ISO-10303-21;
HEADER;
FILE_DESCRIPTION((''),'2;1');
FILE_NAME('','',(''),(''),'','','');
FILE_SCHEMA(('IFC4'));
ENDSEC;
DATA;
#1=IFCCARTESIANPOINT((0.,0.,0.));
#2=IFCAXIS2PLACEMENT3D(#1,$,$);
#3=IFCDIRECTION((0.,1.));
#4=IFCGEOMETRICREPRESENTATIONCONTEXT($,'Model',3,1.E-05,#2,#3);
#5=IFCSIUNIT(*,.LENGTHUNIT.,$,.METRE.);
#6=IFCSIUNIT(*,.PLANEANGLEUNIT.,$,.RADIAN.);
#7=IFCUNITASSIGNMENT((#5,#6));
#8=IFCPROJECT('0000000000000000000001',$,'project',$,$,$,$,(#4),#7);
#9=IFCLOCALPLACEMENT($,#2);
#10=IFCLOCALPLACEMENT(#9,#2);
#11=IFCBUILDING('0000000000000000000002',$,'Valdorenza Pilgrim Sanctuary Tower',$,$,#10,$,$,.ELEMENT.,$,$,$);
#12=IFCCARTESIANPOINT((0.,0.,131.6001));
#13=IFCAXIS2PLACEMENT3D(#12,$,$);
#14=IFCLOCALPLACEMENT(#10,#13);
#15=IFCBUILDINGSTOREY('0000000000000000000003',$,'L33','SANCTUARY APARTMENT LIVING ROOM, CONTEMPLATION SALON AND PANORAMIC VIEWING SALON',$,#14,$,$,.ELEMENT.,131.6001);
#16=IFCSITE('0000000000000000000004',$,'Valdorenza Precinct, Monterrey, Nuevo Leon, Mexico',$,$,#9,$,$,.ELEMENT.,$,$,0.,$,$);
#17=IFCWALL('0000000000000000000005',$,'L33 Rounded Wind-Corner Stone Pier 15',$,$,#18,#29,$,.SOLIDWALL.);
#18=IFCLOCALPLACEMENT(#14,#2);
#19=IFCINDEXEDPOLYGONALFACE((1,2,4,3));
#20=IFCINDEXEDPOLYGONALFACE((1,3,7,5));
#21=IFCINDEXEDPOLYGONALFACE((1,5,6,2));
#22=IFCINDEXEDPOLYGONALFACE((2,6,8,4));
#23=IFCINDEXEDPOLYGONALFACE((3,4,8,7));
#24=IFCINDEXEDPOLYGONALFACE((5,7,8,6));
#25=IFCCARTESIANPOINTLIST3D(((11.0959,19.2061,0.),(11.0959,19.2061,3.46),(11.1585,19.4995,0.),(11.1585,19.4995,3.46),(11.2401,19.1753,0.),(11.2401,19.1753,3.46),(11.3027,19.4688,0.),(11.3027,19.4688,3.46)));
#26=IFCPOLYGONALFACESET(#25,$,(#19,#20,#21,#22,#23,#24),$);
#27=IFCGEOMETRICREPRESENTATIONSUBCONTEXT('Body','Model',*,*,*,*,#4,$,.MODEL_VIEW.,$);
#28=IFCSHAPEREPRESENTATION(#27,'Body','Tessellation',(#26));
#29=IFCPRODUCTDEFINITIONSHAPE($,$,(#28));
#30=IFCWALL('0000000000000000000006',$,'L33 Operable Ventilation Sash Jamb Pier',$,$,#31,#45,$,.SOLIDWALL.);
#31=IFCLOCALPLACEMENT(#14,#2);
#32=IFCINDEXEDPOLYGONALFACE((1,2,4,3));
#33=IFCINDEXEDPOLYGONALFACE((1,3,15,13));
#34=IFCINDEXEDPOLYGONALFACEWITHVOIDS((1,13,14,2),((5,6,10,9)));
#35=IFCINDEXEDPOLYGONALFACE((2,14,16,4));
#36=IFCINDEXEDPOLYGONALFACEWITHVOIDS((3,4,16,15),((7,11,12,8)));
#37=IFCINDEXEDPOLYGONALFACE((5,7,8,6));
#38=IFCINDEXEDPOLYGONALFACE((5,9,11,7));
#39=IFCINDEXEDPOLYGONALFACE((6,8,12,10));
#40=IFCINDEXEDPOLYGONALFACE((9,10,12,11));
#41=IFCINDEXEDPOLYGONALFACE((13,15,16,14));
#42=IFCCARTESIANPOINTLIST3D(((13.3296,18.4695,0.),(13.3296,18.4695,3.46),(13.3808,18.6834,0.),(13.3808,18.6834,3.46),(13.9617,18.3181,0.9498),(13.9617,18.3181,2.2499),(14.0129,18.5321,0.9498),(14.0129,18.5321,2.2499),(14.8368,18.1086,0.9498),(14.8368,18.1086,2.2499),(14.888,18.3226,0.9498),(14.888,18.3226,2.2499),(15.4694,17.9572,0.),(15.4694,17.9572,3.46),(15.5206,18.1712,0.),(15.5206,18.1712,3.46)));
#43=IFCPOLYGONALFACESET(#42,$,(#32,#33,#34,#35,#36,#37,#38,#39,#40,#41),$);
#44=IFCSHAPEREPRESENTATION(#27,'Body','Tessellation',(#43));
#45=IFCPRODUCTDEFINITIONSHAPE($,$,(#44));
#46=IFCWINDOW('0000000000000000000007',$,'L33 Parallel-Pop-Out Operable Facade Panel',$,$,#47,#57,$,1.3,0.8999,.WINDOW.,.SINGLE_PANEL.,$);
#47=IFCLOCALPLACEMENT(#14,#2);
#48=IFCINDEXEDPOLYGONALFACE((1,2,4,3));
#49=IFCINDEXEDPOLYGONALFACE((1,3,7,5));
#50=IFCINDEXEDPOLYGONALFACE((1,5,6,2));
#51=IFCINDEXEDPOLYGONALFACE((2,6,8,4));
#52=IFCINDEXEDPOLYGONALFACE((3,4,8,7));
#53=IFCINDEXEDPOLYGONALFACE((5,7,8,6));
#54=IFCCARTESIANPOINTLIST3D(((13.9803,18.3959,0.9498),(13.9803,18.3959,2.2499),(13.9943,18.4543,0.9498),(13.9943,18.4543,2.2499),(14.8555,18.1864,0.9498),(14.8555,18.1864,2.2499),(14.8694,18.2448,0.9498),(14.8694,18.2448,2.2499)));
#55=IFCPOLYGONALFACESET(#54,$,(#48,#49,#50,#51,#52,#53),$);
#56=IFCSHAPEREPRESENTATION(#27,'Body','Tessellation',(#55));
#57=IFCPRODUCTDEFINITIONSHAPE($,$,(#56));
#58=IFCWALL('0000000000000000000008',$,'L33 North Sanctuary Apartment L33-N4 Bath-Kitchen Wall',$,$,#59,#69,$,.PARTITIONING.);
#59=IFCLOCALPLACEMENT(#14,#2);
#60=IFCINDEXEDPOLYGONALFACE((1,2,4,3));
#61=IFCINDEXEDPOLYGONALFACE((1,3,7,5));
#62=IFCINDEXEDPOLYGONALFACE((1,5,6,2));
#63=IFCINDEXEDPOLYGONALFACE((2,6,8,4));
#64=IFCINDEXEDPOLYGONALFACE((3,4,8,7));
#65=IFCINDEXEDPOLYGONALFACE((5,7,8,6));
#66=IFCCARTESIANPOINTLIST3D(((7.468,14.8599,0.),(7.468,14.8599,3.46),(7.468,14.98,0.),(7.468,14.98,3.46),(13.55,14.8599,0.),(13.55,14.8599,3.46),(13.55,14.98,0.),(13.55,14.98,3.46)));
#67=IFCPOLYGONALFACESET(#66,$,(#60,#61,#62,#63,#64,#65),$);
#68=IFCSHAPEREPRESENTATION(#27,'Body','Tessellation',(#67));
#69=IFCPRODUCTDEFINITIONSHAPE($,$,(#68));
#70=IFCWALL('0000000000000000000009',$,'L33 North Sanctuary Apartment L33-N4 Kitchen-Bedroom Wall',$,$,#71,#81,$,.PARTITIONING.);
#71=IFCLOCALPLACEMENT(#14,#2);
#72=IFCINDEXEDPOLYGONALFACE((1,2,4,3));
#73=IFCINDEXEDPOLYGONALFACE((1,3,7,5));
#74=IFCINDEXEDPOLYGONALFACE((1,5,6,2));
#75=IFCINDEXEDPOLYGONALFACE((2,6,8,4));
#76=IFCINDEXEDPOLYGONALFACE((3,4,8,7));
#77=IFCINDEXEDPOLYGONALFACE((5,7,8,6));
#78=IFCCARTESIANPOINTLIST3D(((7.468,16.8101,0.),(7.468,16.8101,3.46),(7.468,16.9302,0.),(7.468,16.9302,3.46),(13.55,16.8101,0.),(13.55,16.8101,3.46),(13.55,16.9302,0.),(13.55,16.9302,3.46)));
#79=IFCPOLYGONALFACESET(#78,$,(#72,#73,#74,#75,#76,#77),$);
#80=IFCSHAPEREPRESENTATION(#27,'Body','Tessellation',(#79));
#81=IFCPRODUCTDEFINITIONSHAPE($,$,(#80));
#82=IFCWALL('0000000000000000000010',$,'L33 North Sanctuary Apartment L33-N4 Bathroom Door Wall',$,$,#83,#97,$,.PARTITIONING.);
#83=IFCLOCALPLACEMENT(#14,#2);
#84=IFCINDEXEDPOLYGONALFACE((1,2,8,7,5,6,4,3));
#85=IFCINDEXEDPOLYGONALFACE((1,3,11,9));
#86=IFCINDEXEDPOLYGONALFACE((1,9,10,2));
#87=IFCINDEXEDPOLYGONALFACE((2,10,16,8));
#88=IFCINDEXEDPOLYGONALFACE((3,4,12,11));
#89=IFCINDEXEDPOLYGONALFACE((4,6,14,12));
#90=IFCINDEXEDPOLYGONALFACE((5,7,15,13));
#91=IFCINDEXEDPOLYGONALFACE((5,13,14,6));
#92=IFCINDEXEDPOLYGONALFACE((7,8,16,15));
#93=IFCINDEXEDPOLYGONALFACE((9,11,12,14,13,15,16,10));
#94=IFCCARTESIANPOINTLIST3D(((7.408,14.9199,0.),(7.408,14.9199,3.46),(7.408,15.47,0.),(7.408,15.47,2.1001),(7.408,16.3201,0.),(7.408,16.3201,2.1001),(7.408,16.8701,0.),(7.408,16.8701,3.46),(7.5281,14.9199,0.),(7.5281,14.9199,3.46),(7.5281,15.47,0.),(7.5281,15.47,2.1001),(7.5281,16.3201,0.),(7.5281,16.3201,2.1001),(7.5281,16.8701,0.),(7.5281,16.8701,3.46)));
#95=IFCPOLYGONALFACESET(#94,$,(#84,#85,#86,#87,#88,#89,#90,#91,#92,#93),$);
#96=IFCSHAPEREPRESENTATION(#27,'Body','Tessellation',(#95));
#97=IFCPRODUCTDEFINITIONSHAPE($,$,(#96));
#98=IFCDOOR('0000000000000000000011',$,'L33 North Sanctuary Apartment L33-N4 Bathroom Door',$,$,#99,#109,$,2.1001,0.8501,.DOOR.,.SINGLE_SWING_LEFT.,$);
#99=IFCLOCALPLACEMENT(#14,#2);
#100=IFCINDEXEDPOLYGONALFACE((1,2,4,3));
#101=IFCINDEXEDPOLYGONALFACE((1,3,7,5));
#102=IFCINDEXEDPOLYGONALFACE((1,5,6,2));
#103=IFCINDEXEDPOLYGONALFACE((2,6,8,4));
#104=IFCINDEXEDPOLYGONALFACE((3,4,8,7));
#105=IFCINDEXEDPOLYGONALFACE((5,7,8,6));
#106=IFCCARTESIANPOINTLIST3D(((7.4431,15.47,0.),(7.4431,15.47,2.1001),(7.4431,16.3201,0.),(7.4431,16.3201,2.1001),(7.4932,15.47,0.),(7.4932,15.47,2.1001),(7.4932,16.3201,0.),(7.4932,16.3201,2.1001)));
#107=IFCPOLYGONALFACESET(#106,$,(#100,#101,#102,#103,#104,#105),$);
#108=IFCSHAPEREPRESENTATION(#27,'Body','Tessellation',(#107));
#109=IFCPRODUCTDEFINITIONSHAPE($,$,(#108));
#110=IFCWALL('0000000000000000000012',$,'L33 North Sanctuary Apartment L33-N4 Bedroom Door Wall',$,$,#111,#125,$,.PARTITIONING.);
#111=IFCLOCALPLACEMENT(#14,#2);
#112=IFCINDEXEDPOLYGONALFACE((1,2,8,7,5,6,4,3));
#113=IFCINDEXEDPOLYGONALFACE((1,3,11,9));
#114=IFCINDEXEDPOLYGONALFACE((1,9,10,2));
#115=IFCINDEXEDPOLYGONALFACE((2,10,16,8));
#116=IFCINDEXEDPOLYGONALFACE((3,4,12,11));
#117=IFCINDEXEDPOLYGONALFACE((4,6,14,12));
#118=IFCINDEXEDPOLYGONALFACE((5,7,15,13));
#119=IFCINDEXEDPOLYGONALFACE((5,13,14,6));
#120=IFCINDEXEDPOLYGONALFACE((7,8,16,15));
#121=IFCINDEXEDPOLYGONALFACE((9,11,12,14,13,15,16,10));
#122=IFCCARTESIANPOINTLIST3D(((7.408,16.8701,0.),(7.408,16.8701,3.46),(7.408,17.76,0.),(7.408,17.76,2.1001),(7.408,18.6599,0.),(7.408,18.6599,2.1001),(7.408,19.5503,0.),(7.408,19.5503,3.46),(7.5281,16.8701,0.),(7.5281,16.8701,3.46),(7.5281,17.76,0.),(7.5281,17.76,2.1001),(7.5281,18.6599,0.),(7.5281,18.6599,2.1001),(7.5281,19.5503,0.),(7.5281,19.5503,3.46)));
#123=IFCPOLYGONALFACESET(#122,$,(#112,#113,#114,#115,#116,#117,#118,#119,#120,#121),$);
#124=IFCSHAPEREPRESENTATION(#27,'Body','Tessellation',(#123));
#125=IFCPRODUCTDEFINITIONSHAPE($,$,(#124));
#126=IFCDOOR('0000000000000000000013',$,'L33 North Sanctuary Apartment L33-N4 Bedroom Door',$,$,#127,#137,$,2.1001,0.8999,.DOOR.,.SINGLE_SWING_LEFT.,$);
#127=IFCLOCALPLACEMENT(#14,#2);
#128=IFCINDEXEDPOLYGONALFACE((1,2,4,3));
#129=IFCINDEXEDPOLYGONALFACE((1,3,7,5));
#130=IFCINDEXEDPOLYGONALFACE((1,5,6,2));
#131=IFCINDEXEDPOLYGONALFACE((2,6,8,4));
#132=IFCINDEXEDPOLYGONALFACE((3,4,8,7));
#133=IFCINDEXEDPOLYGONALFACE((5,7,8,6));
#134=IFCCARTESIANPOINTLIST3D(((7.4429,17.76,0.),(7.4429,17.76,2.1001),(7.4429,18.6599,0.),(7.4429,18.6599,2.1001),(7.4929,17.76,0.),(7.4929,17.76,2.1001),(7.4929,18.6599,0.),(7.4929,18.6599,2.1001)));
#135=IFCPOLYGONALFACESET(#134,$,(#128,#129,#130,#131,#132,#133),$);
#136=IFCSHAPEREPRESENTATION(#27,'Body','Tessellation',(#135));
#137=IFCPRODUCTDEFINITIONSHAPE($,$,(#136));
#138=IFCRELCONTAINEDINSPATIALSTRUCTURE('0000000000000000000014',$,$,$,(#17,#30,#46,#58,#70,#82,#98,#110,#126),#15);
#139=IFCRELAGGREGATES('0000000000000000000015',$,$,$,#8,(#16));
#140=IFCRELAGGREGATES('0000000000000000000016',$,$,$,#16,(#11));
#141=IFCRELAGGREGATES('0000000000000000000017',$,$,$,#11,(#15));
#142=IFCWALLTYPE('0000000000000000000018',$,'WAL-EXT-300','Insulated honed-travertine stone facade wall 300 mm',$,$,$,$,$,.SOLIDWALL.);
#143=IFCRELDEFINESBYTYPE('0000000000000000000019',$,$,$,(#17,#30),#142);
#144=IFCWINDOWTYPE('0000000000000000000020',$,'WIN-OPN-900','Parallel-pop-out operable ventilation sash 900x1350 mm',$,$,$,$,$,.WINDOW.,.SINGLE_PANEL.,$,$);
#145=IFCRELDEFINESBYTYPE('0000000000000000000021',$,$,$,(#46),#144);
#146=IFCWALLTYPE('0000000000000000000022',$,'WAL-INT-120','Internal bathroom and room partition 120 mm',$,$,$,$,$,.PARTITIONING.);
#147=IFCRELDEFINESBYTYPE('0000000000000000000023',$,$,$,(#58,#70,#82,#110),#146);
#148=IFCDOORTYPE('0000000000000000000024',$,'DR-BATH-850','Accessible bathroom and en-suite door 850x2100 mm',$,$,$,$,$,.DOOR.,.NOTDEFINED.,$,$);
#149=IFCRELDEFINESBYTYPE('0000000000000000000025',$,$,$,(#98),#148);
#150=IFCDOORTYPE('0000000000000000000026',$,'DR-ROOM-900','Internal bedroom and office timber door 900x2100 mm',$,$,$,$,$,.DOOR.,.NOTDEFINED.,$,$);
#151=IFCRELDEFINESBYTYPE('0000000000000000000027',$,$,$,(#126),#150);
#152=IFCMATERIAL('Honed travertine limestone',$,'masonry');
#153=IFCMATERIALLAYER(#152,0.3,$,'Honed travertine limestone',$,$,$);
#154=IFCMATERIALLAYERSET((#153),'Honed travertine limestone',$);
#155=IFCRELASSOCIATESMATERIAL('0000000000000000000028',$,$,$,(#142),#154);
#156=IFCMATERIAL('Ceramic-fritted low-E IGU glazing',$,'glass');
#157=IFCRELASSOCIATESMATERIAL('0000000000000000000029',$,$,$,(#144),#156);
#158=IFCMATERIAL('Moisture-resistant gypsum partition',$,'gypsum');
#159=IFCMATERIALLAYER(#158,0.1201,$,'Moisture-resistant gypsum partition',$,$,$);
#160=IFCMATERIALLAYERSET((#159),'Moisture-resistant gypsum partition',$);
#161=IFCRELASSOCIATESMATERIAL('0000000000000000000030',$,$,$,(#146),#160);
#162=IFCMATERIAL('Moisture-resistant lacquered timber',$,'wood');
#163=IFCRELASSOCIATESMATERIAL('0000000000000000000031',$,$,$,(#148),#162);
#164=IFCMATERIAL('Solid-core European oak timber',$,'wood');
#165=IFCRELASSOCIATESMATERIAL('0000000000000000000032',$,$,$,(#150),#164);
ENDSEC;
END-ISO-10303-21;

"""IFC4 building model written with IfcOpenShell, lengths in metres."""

from ifc_helpers import new_model, si_unit, direction, frame, frame_2d, origin, place, context, subcontext, project, spatial, rectangle, extrude, material, layer, layer_set, type_object, element, fill, save


model = new_model("IFC4")

# Units and contexts
model_context = context("Model", 3, precision=1e-05, world=origin(), true_north=direction((0.0, 1.0)))
body_context = subcontext(model_context, "Body", "Model", "MODEL_VIEW")
ifc_project = project(units=[si_unit("LENGTHUNIT", "METRE"), si_unit("PLANEANGLEUNIT", "RADIAN")], contexts=[model_context])

# Site, building, storey
site_placement = place(None, origin())
site = spatial("IfcSite", under=ifc_project, at=site_placement, Name="Valdorenza Precinct, Monterrey, Nuevo Leon, Mexico", CompositionType="ELEMENT", RefElevation=0.0)
building_placement = place(site_placement, origin())
building = spatial("IfcBuilding", under=site, at=building_placement, Name="Valdorenza Pilgrim Sanctuary Tower", CompositionType="ELEMENT")
storey_placement = place(building_placement, frame((0.0, 0.0, 131.6001)))
storey = spatial("IfcBuildingStorey", under=building, at=storey_placement, Name="L33", Description="SANCTUARY APARTMENT LIVING ROOM, CONTEMPLATION SALON AND PANORAMIC VIEWING SALON", CompositionType="ELEMENT", Elevation=131.6001)

# Shared definitions
ifc_material_1 = material(Name="Honed travertine limestone", Category="masonry")
ifc_material_2 = material(Name="Ceramic-fritted low-E IGU glazing", Category="glass")

# Wall
ifc_layer_1 = layer(ifc_material_1, 0.3, Name="Honed travertine limestone")
ifc_layer_set_1 = layer_set([ifc_layer_1], Name="Honed travertine limestone")
wall_type_1 = type_object("IfcWallType", Name="WAL-EXT-300", Description="Insulated honed-travertine stone facade wall 300 mm", PredefinedType="SOLIDWALL", material=ifc_layer_set_1)
wall_1_placement = place(storey_placement, frame((11.1272, 19.3528, 0.0), z_axis=(0.0, 0.0, 1.0), x_axis=(0.97802, -0.208512, 0.0)))
element("IfcWall", 1, at=wall_1_placement, inside=storey, type_object=wall_type_1, Name="L33 Rounded Wind-Corner Stone Pier 15", PredefinedType="SOLIDWALL", context=body_context, shape_type="SweptSolid", body=[
    extrude(rectangle(XDim=0.1475, YDim=0.3, at=frame_2d((0.0737, 0.0))), origin(), (0.0, 0.0, 1.0), 3.46),
])

# Wall, opening, window
wall_2_placement = place(storey_placement, frame((13.3552, 18.5764, 0.0), z_axis=(0.0, 0.0, 1.0), x_axis=(0.972522, -0.232811, 0.0)))
wall_2 = element("IfcWall", 2, at=wall_2_placement, inside=storey, type_object=wall_type_1, Name="L33 Operable Ventilation Sash Jamb Pier", PredefinedType="SOLIDWALL", context=body_context, shape_type="SweptSolid", body=[
    extrude(rectangle(XDim=2.2002, YDim=0.22, at=frame_2d((1.1001, 0.0))), origin(), (0.0, 0.0, 1.0), 3.46),
])
opening_1_placement = place(wall_2_placement, frame((0.6499, 0.0, 0.95)))
opening_1 = element("IfcOpeningElement", 3, at=opening_1_placement, cuts=wall_2, PredefinedType="OPENING", context=body_context, shape_type="SweptSolid", body=[
    extrude(rectangle(XDim=0.8999, YDim=1.3, at=frame_2d((0.45, 0.6499))), frame((0.0, 0.125, 0.0), z_axis=(0.0, -1.0, 0.0), x_axis=(1.0, 0.0, 0.0)), (0.0, 0.0, 1.0), 0.2498),
])
window_type = type_object("IfcWindowType", Name="WIN-OPN-900", Description="Parallel-pop-out operable ventilation sash 900x1350 mm", PartitioningType="SINGLE_PANEL", PredefinedType="WINDOW", material=ifc_material_2)
window_placement = place(opening_1_placement, origin())
window = element("IfcWindow", 4, at=window_placement, inside=storey, type_object=window_type, Name="L33 Parallel-Pop-Out Operable Facade Panel", OverallHeight=1.3, OverallWidth=0.8999, PartitioningType="SINGLE_PANEL", PredefinedType="WINDOW", context=body_context, shape_type="SweptSolid", body=[
    extrude(rectangle(XDim=0.8999, YDim=1.3, at=frame_2d((0.45, 0.6499))), frame((0.0, 0.03, 0.0), z_axis=(0.0, -1.0, 0.0), x_axis=(1.0, 0.0, 0.0)), (0.0, 0.0, 1.0), 0.0601),
])
fill(opening_1, window)

# Walls
ifc_material_3 = material(Name="Moisture-resistant gypsum partition", Category="gypsum")
ifc_layer_2 = layer(ifc_material_3, 0.1201, Name="Moisture-resistant gypsum partition")
ifc_layer_set_2 = layer_set([ifc_layer_2], Name="Moisture-resistant gypsum partition")
wall_type_2 = type_object("IfcWallType", Name="WAL-INT-120", Description="Internal bathroom and room partition 120 mm", PredefinedType="PARTITIONING", material=ifc_layer_set_2)
for number, where, z_axis, x_axis, name in (
    (5, (7.468, 14.9199, 0.0), (0.0, 0.0, 1.0), (1.0, 0.0, 0.0), "L33 North Sanctuary Apartment L33-N4 Bath-Kitchen Wall"),
    (6, (7.468, 16.8701, 0.0), (0.0, 0.0, 1.0), (1.0, 0.0, 0.0), "L33 North Sanctuary Apartment L33-N4 Kitchen-Bedroom Wall"),
):
    element("IfcWall", number, at=place(storey_placement, frame(where, z_axis=z_axis, x_axis=x_axis)), inside=storey, type_object=wall_type_2, Name=name, PredefinedType="PARTITIONING", context=body_context, shape_type="SweptSolid", body=[
        extrude(rectangle(XDim=6.082, YDim=0.1201, at=frame_2d((3.041, 0.0))), origin(), (0.0, 0.0, 1.0), 3.46),
    ])

# Walls, openings, doors
wall_3_placement = place(storey_placement, frame((7.468, 14.9199, 0.0), z_axis=(0.0, 0.0, 1.0), x_axis=(0.0, 1.0, 0.0)))
wall_3 = element("IfcWall", 7, at=wall_3_placement, inside=storey, type_object=wall_type_2, Name="L33 North Sanctuary Apartment L33-N4 Bathroom Door Wall", PredefinedType="PARTITIONING", context=body_context, shape_type="SweptSolid", body=[
    extrude(rectangle(XDim=1.9502, YDim=0.1201, at=frame_2d((0.9751, 0.0))), origin(), (0.0, 0.0, 1.0), 3.46),
])
opening_2_placement = place(wall_3_placement, frame((0.55, 0.0, 0.0)))
opening_2 = element("IfcOpeningElement", 8, at=opening_2_placement, cuts=wall_3, PredefinedType="OPENING", context=body_context, shape_type="SweptSolid", body=[
    extrude(rectangle(XDim=0.8501, YDim=2.1001, at=frame_2d((0.425, 1.05))), frame((0.0, 0.075, 0.0), z_axis=(0.0, -1.0, 0.0), x_axis=(1.0, 0.0, 0.0)), (0.0, 0.0, 1.0), 0.1499),
])
ifc_material_4 = material(Name="Moisture-resistant lacquered timber", Category="wood")
door_type_1 = type_object("IfcDoorType", Name="DR-BATH-850", Description="Accessible bathroom and en-suite door 850x2100 mm", OperationType="NOTDEFINED", PredefinedType="DOOR", material=ifc_material_4)
door_1_placement = place(opening_2_placement, origin())
door_1 = element("IfcDoor", 9, at=door_1_placement, inside=storey, type_object=door_type_1, Name="L33 North Sanctuary Apartment L33-N4 Bathroom Door", OperationType="SINGLE_SWING_LEFT", OverallHeight=2.1001, OverallWidth=0.8501, PredefinedType="DOOR", context=body_context, shape_type="SweptSolid", body=[
    extrude(rectangle(XDim=0.8501, YDim=2.1001, at=frame_2d((0.425, 1.05))), frame((0.0, 0.0249, 0.0), z_axis=(0.0, -1.0, 0.0), x_axis=(1.0, 0.0, 0.0)), (0.0, 0.0, 1.0), 0.05),
])
fill(opening_2, door_1)
wall_4_placement = place(storey_placement, frame((7.468, 16.8701, 0.0), z_axis=(0.0, 0.0, 1.0), x_axis=(0.0, 1.0, 0.0)))
wall_4 = element("IfcWall", 10, at=wall_4_placement, inside=storey, type_object=wall_type_2, Name="L33 North Sanctuary Apartment L33-N4 Bedroom Door Wall", PredefinedType="PARTITIONING", context=body_context, shape_type="SweptSolid", body=[
    extrude(rectangle(XDim=2.6802, YDim=0.1201, at=frame_2d((1.3401, 0.0))), origin(), (0.0, 0.0, 1.0), 3.46),
])
opening_3_placement = place(wall_4_placement, frame((0.8899, 0.0, 0.0)))
opening_3 = element("IfcOpeningElement", 11, at=opening_3_placement, cuts=wall_4, PredefinedType="OPENING", context=body_context, shape_type="SweptSolid", body=[
    extrude(rectangle(XDim=0.8999, YDim=2.1001, at=frame_2d((0.45, 1.05))), frame((0.0, 0.075, 0.0), z_axis=(0.0, -1.0, 0.0), x_axis=(1.0, 0.0, 0.0)), (0.0, 0.0, 1.0), 0.1499),
])
ifc_material_5 = material(Name="Solid-core European oak timber", Category="wood")
door_type_2 = type_object("IfcDoorType", Name="DR-ROOM-900", Description="Internal bedroom and office timber door 900x2100 mm", OperationType="NOTDEFINED", PredefinedType="DOOR", material=ifc_material_5)
door_2_placement = place(opening_3_placement, frame((0.8999, 0.0, 0.0), z_axis=(0.0, 0.0, 1.0), x_axis=(-1.0, 0.0, 0.0)))
door_2 = element("IfcDoor", 12, at=door_2_placement, inside=storey, type_object=door_type_2, Name="L33 North Sanctuary Apartment L33-N4 Bedroom Door", OperationType="SINGLE_SWING_LEFT", OverallHeight=2.1001, OverallWidth=0.8999, PredefinedType="DOOR", context=body_context, shape_type="SweptSolid", body=[
    extrude(rectangle(XDim=0.8999, YDim=2.1001, at=frame_2d((0.45, 1.05))), frame((0.0, 0.0249, 0.0), z_axis=(0.0, -1.0, 0.0), x_axis=(1.0, 0.0, 0.0)), (0.0, 0.0, 1.0), 0.05),
])
fill(opening_3, door_2)

save(model, "model.ifc")
